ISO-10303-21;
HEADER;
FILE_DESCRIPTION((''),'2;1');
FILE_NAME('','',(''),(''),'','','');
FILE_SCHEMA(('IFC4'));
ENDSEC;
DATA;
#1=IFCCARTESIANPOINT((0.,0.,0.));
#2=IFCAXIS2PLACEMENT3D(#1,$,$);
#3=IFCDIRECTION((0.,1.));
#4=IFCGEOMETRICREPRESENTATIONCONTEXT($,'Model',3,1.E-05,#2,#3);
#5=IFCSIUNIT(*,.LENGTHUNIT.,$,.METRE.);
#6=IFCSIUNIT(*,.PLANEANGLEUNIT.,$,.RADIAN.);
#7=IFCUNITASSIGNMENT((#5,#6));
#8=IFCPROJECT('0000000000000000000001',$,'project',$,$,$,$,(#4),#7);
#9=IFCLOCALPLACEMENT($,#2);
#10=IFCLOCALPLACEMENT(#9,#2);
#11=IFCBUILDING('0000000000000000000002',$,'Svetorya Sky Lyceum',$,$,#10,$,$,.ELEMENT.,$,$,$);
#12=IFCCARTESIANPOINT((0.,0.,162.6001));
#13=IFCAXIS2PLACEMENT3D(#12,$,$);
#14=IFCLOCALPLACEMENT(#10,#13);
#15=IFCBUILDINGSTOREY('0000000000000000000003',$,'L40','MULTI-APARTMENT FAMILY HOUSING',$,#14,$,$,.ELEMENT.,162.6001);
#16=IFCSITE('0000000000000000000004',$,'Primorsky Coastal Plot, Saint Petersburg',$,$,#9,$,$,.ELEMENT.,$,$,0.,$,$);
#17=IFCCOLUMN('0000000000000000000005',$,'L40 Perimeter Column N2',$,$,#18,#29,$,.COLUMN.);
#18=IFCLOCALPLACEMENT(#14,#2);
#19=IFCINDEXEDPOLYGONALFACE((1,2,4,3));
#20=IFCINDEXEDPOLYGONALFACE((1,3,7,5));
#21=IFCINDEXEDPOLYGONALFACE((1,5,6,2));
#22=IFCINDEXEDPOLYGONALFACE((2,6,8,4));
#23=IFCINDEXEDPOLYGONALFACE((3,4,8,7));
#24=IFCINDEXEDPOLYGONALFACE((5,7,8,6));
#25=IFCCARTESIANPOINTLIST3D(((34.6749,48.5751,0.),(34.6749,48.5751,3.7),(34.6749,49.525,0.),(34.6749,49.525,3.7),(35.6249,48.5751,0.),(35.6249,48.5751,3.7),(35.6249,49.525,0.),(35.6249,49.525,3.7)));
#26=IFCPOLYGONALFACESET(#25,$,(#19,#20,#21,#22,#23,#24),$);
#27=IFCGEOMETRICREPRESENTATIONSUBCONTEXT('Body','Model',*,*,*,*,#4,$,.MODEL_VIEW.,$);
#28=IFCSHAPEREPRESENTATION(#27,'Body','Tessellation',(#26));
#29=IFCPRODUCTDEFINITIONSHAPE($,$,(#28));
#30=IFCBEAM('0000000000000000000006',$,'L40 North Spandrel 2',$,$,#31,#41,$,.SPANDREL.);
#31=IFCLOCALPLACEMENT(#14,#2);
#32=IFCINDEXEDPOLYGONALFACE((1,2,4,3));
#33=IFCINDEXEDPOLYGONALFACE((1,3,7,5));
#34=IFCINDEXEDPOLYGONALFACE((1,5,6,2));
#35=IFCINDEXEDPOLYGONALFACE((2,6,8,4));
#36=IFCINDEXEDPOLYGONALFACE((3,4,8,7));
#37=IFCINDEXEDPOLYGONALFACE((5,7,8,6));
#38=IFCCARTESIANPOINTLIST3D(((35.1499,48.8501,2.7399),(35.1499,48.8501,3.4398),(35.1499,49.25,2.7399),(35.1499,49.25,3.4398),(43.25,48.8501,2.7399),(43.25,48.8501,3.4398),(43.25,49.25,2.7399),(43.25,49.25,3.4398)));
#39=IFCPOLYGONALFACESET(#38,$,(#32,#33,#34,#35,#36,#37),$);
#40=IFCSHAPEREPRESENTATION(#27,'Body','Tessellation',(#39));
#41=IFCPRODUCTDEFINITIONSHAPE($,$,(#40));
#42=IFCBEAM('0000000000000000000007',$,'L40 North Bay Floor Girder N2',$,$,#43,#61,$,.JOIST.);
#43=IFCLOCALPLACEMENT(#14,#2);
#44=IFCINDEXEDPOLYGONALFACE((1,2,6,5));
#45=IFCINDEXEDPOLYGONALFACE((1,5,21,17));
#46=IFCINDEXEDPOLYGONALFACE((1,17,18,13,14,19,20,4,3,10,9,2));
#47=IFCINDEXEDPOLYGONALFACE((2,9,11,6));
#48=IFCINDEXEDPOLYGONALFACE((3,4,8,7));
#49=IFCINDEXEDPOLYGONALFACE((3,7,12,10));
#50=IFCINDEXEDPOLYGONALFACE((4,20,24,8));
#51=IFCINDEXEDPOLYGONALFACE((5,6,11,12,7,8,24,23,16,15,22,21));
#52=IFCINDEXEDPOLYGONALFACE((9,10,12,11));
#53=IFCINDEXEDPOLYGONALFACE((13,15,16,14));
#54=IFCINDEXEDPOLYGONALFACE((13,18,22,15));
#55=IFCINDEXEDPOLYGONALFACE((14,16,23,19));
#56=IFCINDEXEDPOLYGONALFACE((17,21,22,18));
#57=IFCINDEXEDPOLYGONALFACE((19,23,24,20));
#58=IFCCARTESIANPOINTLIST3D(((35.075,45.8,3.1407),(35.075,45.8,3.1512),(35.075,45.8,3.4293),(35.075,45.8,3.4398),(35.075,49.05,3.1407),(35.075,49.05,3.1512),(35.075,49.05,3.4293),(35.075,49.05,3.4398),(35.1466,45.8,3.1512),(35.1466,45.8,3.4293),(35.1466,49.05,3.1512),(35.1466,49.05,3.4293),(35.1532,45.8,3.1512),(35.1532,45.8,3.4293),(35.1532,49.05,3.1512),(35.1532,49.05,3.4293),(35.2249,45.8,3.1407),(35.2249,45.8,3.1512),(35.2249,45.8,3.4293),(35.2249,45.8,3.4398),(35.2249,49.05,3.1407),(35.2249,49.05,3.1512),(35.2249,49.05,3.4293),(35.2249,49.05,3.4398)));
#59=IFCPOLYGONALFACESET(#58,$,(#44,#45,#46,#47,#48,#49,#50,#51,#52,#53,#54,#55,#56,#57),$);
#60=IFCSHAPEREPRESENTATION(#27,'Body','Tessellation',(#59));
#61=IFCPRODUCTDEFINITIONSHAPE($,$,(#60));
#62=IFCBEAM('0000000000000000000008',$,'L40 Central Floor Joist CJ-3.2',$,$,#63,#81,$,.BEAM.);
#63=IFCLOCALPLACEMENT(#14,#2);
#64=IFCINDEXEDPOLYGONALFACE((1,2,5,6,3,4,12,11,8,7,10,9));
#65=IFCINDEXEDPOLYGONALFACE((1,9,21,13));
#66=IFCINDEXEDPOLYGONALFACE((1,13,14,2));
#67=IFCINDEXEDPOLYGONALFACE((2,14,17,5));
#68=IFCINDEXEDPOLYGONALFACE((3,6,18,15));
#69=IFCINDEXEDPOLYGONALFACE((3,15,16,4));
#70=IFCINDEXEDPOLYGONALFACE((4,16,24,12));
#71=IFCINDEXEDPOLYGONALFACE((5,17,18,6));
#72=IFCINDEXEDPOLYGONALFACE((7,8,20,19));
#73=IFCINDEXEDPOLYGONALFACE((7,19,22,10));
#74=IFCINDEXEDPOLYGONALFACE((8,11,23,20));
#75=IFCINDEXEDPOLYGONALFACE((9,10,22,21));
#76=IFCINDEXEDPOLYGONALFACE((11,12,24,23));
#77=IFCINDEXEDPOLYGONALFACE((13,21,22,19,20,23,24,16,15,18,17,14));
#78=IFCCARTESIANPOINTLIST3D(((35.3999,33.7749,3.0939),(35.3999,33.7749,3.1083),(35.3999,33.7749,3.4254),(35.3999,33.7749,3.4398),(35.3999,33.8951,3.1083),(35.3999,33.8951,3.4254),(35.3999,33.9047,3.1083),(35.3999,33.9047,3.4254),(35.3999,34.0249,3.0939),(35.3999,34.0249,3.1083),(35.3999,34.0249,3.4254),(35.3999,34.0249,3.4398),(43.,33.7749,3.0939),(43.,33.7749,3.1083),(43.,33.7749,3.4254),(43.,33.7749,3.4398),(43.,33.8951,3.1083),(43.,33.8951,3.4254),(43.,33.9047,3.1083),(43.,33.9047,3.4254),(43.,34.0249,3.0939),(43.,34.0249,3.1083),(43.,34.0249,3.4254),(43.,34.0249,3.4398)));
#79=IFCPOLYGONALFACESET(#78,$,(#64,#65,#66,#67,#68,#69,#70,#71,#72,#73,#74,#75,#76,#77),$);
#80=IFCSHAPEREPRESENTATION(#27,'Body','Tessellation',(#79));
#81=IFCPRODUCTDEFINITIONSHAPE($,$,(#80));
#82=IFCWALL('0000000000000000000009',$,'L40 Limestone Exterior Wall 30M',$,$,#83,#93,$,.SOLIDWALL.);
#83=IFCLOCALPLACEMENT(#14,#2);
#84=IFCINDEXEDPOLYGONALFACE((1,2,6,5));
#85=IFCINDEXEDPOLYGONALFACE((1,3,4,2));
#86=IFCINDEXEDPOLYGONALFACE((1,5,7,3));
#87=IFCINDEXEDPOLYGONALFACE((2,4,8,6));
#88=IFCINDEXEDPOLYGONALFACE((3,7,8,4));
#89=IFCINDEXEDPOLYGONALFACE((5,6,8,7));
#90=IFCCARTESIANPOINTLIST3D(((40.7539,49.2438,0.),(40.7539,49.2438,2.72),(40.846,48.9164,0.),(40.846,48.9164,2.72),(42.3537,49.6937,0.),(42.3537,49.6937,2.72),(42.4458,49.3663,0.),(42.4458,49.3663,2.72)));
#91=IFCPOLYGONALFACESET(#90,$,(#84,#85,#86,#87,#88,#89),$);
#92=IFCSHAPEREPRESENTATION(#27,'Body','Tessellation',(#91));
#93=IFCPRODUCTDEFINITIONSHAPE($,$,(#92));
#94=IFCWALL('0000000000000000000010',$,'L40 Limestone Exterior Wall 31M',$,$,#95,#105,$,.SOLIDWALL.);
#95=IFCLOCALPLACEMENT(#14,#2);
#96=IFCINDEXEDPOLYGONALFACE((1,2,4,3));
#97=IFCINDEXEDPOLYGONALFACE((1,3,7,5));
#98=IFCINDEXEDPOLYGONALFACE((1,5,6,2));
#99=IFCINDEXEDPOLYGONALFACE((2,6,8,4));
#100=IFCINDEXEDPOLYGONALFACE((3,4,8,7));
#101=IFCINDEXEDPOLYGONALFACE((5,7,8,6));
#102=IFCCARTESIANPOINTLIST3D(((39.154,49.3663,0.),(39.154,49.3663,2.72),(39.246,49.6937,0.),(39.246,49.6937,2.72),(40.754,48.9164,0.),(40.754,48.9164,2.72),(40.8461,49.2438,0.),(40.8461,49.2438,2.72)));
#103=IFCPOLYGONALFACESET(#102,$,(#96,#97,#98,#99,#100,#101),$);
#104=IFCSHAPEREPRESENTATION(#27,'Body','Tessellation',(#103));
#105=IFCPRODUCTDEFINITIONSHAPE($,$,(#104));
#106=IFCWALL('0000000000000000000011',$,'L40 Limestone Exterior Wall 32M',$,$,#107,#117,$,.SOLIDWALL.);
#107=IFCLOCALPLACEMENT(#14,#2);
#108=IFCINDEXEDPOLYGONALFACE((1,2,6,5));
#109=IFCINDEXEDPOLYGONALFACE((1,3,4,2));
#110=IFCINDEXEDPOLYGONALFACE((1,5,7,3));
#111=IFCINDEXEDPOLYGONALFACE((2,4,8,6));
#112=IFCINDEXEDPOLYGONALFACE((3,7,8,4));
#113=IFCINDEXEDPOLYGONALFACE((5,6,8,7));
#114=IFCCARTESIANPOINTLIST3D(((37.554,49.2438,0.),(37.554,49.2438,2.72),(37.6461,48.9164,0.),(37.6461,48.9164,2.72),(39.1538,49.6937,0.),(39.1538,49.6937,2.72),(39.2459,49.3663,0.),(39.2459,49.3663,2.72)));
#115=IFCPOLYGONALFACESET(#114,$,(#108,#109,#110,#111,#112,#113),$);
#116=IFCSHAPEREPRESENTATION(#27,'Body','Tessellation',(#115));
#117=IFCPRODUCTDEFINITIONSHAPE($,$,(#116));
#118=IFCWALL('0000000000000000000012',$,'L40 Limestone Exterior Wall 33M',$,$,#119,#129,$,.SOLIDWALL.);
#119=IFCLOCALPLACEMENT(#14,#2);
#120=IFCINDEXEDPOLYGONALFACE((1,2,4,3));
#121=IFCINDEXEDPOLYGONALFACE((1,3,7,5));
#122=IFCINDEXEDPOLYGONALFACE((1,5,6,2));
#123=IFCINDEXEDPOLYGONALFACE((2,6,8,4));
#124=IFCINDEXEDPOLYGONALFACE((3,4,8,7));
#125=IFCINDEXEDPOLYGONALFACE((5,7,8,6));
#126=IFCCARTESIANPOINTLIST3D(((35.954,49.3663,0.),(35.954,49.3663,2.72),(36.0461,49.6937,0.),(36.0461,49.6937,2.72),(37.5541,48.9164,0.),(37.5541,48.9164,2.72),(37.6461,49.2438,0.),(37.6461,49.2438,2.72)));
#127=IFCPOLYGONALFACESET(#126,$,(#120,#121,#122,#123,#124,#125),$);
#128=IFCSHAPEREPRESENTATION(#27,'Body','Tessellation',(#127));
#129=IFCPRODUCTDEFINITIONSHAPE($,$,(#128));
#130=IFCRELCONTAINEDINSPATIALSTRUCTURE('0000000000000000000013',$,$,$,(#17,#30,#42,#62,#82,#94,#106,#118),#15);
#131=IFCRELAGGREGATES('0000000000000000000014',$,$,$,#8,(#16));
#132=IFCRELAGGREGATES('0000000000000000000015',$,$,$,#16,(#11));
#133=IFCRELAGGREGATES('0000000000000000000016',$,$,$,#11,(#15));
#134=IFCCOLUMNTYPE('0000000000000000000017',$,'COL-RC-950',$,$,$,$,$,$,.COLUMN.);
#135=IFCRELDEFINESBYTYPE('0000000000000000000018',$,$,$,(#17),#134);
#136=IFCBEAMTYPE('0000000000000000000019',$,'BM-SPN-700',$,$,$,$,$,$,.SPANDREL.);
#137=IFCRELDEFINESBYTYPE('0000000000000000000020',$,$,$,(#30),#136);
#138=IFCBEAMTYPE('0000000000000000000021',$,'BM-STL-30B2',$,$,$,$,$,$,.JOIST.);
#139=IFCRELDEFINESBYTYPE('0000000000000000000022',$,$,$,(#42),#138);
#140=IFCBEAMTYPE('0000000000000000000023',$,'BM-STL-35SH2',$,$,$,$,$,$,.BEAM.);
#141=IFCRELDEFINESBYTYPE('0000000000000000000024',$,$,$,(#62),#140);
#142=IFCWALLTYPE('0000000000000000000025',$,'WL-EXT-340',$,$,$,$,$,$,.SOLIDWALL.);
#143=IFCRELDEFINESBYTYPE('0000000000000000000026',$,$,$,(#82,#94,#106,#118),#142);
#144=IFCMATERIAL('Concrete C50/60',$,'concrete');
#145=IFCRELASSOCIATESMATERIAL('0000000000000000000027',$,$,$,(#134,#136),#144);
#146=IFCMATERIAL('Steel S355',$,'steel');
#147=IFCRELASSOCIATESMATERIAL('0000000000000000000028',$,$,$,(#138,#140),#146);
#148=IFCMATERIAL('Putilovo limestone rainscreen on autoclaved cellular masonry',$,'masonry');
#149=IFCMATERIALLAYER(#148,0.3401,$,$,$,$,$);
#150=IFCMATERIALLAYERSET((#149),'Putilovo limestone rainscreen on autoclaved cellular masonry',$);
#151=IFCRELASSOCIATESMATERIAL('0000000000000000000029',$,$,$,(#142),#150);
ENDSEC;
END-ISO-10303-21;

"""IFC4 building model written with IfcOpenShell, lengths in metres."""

from ifc_helpers import new_model, si_unit, direction, frame, frame_2d, origin, origin_2d, place, context, subcontext, project, spatial, rectangle, i_section, extrude, material, layer, layer_set, material_profile, profile_set, type_object, element, save


model = new_model("IFC4")

# Units and contexts
model_context = context("Model", 3, precision=1e-05, world=origin(), true_north=direction((0.0, 1.0)))
body_context = subcontext(model_context, "Body", "Model", "MODEL_VIEW")
ifc_project = project(units=[si_unit("LENGTHUNIT", "METRE"), si_unit("PLANEANGLEUNIT", "RADIAN")], contexts=[model_context])

# Site, building, storey
site_placement = place(None, origin())
site = spatial("IfcSite", under=ifc_project, at=site_placement, Name="Primorsky Coastal Plot, Saint Petersburg", CompositionType="ELEMENT", RefElevation=0.0)
building_placement = place(site_placement, origin())
building = spatial("IfcBuilding", under=site, at=building_placement, Name="Svetorya Sky Lyceum", CompositionType="ELEMENT")
storey_placement = place(building_placement, frame((0.0, 0.0, 162.6001)))
storey = spatial("IfcBuildingStorey", under=building, at=storey_placement, Name="L40", Description="MULTI-APARTMENT FAMILY HOUSING", CompositionType="ELEMENT", Elevation=162.6001)

# Column
ifc_material_1 = material(Name="Concrete C50/60", Category="concrete")
ifc_material_profile_1 = material_profile(ifc_material_1, rectangle(XDim=0.95, YDim=0.95, at=origin_2d()), Name="RC COL 950x950")
ifc_profile_set_1 = profile_set([ifc_material_profile_1], Name="Concrete C50/60")
column_type = type_object("IfcColumnType", Name="COL-RC-950", PredefinedType="COLUMN", material=ifc_profile_set_1)
column_placement = place(storey_placement, frame((35.1499, 49.05, 0.0), z_axis=(0.0, 0.0, 1.0), x_axis=(1.0, 0.0, 0.0)))
element("IfcColumn", 1, at=column_placement, inside=storey, type_object=column_type, Name="L40 Perimeter Column N2", PredefinedType="COLUMN", context=body_context, shape_type="SweptSolid", body=[
    extrude(rectangle(XDim=0.95, YDim=0.95, at=origin_2d()), origin(), (0.0, 0.0, 1.0), 3.7),
])

# Beams
ifc_material_profile_2 = material_profile(ifc_material_1, rectangle(XDim=0.3999, YDim=0.7, at=origin_2d()), Name="RC SPANDREL 400x700")
ifc_profile_set_2 = profile_set([ifc_material_profile_2], Name="Concrete C50/60")
beam_type_1 = type_object("IfcBeamType", Name="BM-SPN-700", PredefinedType="SPANDREL", material=ifc_profile_set_2)
beam_1_placement = place(storey_placement, frame((35.1499, 49.05, 3.0898), z_axis=(1.0, 0.0, 0.0), x_axis=(0.0, 1.0, 0.0)))
element("IfcBeam", 2, at=beam_1_placement, inside=storey, type_object=beam_type_1, Name="L40 North Spandrel 2", PredefinedType="SPANDREL", context=body_context, shape_type="SweptSolid", body=[
    extrude(rectangle(XDim=0.3999, YDim=0.7, at=origin_2d()), origin(), (0.0, 0.0, 1.0), 8.1001),
])
ifc_material_2 = material(Name="Steel S355", Category="steel")
ifc_material_profile_3 = material_profile(ifc_material_2, i_section(OverallWidth=0.1499, OverallDepth=0.2991, WebThickness=0.0066, FlangeThickness=0.0105, at=origin_2d()), Name="GOST 30B2")
ifc_profile_set_3 = profile_set([ifc_material_profile_3], Name="Steel S355")
beam_type_2 = type_object("IfcBeamType", Name="BM-STL-30B2", PredefinedType="JOIST", material=ifc_profile_set_3)
beam_2_placement = place(storey_placement, frame((35.1499, 45.8, 3.2903), z_axis=(0.0, 1.0, 0.0), x_axis=(-1.0, 0.0, 0.0)))
element("IfcBeam", 3, at=beam_2_placement, inside=storey, type_object=beam_type_2, Name="L40 North Bay Floor Girder N2", PredefinedType="JOIST", context=body_context, shape_type="SweptSolid", body=[
    extrude(i_section(OverallWidth=0.1499, OverallDepth=0.2991, WebThickness=0.0066, FlangeThickness=0.0105, at=origin_2d()), origin(), (0.0, 0.0, 1.0), 3.25),
])
ifc_material_profile_4 = material_profile(ifc_material_2, i_section(OverallWidth=0.25, OverallDepth=0.3459, WebThickness=0.0095, FlangeThickness=0.0144, at=origin_2d()), Name="GOST 35Sh2")
ifc_profile_set_4 = profile_set([ifc_material_profile_4], Name="Steel S355")
beam_type_3 = type_object("IfcBeamType", Name="BM-STL-35SH2", PredefinedType="BEAM", material=ifc_profile_set_4)
beam_3_placement = place(storey_placement, frame((35.3999, 33.8999, 3.2668), z_axis=(1.0, 0.0, 0.0), x_axis=(0.0, 1.0, 0.0)))
element("IfcBeam", 4, at=beam_3_placement, inside=storey, type_object=beam_type_3, Name="L40 Central Floor Joist CJ-3.2", PredefinedType="BEAM", context=body_context, shape_type="SweptSolid", body=[
    extrude(i_section(OverallWidth=0.25, OverallDepth=0.3459, WebThickness=0.0095, FlangeThickness=0.0144, at=origin_2d()), origin(), (0.0, 0.0, 1.0), 7.6001),
])

# Walls
ifc_material_3 = material(Name="Putilovo limestone rainscreen on autoclaved cellular masonry", Category="masonry")
ifc_layer_1 = layer(ifc_material_3, 0.3401)
ifc_layer_set_1 = layer_set([ifc_layer_1], Name="Putilovo limestone rainscreen on autoclaved cellular masonry")
wall_type_1 = type_object("IfcWallType", Name="WL-EXT-340", PredefinedType="SOLIDWALL", material=ifc_layer_set_1)
wall_1_placement = place(storey_placement, frame((42.3999, 49.53, 0.0), z_axis=(0.0, 0.0, 1.0), x_axis=(-0.962652, -0.270741, 0.0)))
element("IfcWall", 5, at=wall_1_placement, inside=storey, type_object=wall_type_1, Name="L40 Limestone Exterior Wall 30M", PredefinedType="SOLIDWALL", context=body_context, shape_type="SweptSolid", body=[
    extrude(rectangle(XDim=1.6619, YDim=0.3401, at=frame_2d((0.8311, 0.0))), origin(), (0.0, 0.0, 1.0), 2.72),
])
wall_2_placement = place(storey_placement, frame((40.8, 49.0801, 0.0), z_axis=(0.0, 0.0, 1.0), x_axis=(-0.962663, 0.270703, 0.0)))
element("IfcWall", 6, at=wall_2_placement, inside=storey, type_object=wall_type_1, Name="L40 Limestone Exterior Wall 31M", PredefinedType="SOLIDWALL", context=body_context, shape_type="SweptSolid", body=[
    extrude(rectangle(XDim=1.6621, YDim=0.3401, at=frame_2d((0.8311, 0.0))), origin(), (0.0, 0.0, 1.0), 2.72),
])
wall_3_placement = place(storey_placement, frame((39.2, 49.53, 0.0), z_axis=(0.0, 0.0, 1.0), x_axis=(-0.962652, -0.270741, 0.0)))
element("IfcWall", 7, at=wall_3_placement, inside=storey, type_object=wall_type_1, Name="L40 Limestone Exterior Wall 32M", PredefinedType="SOLIDWALL", context=body_context, shape_type="SweptSolid", body=[
    extrude(rectangle(XDim=1.6619, YDim=0.3401, at=frame_2d((0.8311, 0.0))), origin(), (0.0, 0.0, 1.0), 2.72),
])
wall_4_placement = place(storey_placement, frame((37.6001, 49.0801, 0.0), z_axis=(0.0, 0.0, 1.0), x_axis=(-0.962663, 0.270703, 0.0)))
element("IfcWall", 8, at=wall_4_placement, inside=storey, type_object=wall_type_1, Name="L40 Limestone Exterior Wall 33M", PredefinedType="SOLIDWALL", context=body_context, shape_type="SweptSolid", body=[
    extrude(rectangle(XDim=1.6621, YDim=0.3401, at=frame_2d((0.8311, 0.0))), origin(), (0.0, 0.0, 1.0), 2.72),
])

save(model, "model.ifc")
